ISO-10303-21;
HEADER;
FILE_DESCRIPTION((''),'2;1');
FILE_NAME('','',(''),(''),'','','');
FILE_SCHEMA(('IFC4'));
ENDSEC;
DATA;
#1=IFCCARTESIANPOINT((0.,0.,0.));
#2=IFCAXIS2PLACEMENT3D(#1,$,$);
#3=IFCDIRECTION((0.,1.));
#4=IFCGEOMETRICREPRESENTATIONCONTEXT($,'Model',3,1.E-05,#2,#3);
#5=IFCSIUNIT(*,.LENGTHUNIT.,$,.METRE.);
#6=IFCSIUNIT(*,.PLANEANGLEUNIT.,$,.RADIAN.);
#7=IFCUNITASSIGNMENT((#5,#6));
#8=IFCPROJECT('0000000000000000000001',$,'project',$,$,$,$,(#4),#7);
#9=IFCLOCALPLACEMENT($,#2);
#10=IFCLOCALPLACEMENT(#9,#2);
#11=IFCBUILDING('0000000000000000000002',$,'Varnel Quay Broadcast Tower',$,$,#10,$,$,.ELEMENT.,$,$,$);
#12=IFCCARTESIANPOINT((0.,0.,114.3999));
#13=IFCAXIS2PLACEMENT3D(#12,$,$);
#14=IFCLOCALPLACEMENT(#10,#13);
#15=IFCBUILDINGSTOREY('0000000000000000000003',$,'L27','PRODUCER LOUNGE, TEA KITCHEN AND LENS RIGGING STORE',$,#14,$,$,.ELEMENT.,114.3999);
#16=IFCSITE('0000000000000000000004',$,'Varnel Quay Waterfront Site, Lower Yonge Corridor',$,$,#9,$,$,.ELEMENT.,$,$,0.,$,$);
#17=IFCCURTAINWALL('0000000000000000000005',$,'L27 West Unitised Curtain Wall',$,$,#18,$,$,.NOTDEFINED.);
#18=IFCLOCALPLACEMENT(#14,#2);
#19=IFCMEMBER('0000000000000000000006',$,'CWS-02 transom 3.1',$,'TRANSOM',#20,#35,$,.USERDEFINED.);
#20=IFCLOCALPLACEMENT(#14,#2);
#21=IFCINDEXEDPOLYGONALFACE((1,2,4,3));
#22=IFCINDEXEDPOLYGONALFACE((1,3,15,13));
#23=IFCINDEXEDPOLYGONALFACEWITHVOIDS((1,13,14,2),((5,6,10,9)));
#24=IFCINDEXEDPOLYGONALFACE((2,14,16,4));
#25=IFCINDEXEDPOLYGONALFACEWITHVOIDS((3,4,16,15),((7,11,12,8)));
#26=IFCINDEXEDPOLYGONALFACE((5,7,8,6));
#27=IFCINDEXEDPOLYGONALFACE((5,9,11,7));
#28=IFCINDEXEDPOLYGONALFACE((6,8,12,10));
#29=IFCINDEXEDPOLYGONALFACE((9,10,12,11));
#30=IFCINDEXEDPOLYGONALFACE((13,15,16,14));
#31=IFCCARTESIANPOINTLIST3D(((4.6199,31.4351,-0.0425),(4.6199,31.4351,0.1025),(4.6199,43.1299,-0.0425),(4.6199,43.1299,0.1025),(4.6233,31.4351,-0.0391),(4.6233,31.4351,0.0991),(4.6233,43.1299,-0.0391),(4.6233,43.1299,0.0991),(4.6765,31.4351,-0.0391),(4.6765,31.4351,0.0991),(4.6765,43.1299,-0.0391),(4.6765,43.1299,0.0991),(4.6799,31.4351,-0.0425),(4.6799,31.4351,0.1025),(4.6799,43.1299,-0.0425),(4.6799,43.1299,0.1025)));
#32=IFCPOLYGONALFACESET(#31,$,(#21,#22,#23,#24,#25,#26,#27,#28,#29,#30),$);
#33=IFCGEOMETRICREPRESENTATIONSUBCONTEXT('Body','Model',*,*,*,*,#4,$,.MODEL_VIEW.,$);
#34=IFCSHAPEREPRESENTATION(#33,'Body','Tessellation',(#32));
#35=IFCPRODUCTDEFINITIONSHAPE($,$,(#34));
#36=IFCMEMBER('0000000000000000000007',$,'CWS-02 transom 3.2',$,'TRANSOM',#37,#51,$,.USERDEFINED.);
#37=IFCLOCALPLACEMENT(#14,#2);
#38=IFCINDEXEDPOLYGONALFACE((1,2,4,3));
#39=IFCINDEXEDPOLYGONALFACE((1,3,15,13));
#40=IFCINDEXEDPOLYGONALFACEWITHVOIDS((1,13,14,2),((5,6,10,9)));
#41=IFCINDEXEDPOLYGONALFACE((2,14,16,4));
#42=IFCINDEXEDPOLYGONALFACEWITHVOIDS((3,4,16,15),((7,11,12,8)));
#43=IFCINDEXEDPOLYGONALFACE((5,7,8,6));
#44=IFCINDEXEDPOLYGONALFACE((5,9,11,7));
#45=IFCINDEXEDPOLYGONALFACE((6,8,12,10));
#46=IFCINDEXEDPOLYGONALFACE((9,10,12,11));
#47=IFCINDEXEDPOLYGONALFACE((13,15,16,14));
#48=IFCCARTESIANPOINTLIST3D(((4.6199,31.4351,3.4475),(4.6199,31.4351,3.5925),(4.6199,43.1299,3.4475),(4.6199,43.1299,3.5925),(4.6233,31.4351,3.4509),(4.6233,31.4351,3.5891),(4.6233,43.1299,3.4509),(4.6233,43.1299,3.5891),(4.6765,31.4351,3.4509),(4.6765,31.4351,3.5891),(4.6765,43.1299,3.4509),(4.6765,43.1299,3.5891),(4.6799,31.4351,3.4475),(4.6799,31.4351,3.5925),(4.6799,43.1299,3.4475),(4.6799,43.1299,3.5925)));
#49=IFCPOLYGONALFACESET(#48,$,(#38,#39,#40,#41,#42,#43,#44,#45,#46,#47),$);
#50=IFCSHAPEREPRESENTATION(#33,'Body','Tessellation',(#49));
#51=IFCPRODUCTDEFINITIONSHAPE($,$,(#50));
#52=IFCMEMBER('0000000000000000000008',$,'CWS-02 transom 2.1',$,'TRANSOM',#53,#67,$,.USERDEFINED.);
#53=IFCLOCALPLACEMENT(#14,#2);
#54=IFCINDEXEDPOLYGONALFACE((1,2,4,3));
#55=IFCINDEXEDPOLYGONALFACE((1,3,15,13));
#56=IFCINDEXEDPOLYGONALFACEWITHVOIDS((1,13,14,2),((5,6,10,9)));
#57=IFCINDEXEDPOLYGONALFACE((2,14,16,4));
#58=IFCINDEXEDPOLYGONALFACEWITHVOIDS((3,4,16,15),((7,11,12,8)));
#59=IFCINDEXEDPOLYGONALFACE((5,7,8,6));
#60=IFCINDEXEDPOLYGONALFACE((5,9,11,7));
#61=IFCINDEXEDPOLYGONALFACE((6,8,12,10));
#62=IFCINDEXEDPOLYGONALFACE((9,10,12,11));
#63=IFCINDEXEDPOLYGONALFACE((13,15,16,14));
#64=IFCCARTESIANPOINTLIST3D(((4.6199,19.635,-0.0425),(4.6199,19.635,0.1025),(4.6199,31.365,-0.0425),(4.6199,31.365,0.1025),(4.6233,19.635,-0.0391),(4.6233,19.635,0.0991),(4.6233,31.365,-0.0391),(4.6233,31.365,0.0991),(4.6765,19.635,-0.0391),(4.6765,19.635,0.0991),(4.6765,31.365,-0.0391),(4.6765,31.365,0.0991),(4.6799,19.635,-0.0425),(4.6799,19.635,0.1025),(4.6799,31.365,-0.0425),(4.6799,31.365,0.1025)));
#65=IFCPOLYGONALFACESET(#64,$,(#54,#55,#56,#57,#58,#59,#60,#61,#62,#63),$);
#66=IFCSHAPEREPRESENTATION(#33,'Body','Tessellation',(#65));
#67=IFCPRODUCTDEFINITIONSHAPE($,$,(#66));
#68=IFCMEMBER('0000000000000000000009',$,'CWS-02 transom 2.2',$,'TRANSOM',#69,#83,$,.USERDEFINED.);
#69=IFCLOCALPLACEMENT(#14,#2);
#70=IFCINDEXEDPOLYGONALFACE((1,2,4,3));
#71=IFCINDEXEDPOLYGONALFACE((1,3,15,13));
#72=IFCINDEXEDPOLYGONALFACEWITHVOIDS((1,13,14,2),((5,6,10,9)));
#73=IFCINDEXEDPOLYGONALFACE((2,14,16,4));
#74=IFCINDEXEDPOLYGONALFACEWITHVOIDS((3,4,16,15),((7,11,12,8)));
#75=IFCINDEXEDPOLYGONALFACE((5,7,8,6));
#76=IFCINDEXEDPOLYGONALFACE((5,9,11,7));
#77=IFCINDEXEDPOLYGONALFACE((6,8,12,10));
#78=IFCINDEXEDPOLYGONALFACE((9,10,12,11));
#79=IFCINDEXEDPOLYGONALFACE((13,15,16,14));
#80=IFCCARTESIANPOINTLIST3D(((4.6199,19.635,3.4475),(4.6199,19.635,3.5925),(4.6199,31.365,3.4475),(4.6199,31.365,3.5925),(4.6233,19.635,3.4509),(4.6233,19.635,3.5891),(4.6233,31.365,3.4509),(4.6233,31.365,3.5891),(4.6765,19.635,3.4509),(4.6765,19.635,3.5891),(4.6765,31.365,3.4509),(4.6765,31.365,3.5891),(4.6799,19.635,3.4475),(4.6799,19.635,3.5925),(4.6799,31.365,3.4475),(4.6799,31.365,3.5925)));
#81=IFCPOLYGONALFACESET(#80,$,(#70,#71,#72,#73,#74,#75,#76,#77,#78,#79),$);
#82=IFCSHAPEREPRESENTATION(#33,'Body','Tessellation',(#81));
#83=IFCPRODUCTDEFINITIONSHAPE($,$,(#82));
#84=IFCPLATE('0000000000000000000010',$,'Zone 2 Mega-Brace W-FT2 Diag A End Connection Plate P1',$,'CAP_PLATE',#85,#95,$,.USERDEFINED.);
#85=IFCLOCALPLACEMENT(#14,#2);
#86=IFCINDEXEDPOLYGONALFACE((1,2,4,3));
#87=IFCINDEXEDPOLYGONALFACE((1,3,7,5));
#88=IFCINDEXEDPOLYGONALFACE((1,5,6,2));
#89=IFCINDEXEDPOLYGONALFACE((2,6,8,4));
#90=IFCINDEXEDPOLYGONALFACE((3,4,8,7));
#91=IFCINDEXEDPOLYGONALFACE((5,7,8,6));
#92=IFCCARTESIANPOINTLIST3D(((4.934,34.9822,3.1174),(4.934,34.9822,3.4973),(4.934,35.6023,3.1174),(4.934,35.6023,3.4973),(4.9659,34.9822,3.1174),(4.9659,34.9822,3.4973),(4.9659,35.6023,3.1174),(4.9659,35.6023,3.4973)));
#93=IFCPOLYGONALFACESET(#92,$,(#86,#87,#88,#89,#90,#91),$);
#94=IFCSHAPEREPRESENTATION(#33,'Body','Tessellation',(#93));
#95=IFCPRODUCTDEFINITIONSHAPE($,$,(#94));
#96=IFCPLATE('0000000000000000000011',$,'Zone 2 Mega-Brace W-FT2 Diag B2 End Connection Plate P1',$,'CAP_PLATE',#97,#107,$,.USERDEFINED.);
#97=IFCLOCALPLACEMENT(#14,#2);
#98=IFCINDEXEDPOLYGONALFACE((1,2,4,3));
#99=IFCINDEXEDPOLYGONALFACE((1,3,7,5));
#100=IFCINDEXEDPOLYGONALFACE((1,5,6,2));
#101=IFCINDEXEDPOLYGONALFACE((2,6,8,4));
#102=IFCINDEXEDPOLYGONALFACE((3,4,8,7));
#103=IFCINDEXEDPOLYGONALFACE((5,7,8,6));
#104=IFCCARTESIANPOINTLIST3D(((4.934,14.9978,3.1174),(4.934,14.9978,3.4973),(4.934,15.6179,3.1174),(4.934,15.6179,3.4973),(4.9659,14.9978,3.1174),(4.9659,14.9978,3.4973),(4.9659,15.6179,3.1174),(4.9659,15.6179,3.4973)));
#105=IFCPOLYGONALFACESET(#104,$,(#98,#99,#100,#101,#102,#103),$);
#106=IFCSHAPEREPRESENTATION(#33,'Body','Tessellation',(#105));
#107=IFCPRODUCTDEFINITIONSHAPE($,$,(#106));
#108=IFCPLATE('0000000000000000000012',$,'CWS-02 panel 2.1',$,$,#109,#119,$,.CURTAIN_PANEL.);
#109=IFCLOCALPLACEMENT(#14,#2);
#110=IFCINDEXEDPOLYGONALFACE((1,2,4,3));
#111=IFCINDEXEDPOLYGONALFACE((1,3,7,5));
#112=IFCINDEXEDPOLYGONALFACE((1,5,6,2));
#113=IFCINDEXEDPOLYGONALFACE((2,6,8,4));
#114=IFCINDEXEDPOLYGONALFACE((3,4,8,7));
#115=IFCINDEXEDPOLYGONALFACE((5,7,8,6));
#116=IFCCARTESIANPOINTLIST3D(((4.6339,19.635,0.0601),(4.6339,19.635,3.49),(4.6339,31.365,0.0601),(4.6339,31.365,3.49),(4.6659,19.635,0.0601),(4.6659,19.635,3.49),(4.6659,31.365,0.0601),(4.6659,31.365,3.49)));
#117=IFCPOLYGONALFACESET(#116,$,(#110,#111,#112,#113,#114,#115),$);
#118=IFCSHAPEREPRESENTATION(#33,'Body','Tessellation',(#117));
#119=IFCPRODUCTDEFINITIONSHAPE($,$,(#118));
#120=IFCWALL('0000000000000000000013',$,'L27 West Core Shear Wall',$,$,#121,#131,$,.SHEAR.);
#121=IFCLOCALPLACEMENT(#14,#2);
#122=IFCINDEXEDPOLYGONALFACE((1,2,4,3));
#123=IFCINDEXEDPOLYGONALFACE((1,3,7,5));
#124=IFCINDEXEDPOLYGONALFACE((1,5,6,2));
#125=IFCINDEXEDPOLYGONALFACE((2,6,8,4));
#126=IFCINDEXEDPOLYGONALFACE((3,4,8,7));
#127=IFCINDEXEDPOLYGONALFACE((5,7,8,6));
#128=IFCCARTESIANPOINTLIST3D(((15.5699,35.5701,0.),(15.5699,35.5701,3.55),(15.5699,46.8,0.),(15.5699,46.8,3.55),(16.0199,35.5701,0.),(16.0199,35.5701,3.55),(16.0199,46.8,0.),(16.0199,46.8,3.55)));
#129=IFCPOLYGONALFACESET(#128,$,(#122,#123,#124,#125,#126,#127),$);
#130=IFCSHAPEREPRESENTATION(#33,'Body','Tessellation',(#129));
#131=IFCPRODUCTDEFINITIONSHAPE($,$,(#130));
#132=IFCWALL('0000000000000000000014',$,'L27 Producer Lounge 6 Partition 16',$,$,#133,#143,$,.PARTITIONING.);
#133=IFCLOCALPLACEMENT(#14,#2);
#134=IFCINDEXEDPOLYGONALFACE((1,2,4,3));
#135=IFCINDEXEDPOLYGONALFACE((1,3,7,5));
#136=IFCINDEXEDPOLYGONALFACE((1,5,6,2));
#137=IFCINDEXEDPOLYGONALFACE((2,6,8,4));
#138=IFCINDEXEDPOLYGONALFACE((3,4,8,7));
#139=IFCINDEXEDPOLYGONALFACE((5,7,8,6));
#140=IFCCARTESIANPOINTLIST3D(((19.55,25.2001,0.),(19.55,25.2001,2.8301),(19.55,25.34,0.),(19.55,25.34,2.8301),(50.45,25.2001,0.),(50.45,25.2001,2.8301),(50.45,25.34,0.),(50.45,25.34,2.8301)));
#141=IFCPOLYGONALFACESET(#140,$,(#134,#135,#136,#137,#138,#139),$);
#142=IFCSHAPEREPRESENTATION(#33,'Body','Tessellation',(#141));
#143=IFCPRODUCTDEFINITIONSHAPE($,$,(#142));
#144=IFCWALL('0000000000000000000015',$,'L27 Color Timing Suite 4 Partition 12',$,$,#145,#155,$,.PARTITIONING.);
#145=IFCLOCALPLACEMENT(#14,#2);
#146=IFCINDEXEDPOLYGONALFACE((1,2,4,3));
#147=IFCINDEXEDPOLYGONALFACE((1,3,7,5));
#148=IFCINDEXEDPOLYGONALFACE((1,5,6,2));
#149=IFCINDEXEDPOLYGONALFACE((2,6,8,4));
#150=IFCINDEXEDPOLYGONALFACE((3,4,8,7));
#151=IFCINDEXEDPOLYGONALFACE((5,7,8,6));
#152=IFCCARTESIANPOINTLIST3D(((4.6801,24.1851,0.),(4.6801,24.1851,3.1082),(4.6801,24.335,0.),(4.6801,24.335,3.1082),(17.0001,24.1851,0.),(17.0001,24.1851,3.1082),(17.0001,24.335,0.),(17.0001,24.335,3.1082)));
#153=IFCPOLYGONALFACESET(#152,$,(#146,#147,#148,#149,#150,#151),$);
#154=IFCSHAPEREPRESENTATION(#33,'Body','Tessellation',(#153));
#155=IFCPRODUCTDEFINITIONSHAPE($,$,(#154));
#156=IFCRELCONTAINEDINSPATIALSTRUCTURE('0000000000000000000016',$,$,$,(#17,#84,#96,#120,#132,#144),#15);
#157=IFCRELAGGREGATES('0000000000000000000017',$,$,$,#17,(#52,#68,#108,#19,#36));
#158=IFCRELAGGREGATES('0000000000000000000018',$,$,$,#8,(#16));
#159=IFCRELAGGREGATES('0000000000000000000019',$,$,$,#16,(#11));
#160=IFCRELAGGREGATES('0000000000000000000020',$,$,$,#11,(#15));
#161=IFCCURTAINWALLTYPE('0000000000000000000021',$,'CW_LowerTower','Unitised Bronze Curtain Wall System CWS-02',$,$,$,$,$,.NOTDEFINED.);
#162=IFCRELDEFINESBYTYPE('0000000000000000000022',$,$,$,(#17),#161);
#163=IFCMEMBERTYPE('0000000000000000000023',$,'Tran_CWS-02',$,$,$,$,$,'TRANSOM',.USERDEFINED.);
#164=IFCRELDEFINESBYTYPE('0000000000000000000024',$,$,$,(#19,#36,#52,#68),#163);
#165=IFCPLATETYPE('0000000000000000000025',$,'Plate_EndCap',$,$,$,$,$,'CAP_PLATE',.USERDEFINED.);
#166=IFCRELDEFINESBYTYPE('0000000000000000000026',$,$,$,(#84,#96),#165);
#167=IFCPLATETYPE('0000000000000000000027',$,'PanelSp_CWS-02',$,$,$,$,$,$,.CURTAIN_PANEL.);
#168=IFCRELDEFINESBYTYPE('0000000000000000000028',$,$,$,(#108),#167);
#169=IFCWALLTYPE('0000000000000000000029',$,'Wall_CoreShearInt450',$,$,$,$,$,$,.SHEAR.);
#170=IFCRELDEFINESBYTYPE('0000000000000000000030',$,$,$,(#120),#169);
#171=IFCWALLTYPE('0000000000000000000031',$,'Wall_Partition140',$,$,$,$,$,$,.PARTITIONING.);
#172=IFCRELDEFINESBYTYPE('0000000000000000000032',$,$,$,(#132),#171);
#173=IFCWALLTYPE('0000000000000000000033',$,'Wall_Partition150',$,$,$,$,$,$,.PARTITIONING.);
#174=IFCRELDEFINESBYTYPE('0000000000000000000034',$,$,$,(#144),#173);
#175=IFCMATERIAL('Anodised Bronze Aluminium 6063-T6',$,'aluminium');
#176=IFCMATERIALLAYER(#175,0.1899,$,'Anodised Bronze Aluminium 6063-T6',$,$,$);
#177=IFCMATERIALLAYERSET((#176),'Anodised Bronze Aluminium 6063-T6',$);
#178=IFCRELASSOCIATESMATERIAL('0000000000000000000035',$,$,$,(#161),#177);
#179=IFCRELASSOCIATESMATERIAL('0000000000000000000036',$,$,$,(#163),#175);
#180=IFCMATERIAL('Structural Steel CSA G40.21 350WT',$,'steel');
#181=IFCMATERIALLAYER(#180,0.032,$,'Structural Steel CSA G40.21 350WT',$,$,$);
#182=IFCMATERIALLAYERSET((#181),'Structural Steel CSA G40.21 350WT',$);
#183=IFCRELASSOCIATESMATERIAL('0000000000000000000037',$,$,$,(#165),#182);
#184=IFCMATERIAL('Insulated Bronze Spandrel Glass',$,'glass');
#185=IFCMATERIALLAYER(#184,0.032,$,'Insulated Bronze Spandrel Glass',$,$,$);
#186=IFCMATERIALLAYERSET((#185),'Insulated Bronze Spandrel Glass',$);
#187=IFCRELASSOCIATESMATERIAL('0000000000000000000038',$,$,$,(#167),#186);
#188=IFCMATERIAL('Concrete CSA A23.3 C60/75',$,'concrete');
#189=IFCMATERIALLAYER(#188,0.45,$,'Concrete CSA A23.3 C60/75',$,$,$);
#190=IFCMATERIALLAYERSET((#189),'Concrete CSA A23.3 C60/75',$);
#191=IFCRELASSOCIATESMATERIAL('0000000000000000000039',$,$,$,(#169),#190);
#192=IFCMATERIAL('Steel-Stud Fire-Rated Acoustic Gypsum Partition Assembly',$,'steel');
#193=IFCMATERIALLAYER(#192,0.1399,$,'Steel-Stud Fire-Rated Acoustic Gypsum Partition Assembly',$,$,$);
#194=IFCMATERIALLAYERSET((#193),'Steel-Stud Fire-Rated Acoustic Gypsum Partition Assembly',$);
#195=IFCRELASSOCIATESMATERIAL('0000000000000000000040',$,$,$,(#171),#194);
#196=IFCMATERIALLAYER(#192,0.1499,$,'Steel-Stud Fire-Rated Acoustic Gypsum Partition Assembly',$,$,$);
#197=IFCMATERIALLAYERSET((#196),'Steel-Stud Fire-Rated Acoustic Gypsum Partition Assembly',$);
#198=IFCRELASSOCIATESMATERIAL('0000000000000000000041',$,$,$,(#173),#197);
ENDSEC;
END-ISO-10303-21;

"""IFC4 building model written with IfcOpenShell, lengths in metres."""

from ifc_helpers import new_model, si_unit, direction, frame, frame_2d, origin, origin_2d, place, context, subcontext, project, spatial, rectangle, hollow_rectangle, extrude, source, transform, mapped, material, layer, layer_set, material_profile, profile_set, type_object, type_shapes, element, aggregate, save


model = new_model("IFC4")

# Units and contexts
model_context = context("Model", 3, precision=1e-05, world=origin(), true_north=direction((0.0, 1.0)))
body_context = subcontext(model_context, "Body", "Model", "MODEL_VIEW")
ifc_project = project(units=[si_unit("LENGTHUNIT", "METRE"), si_unit("PLANEANGLEUNIT", "RADIAN")], contexts=[model_context])

# Site, building, storey
site_placement = place(None, origin())
site = spatial("IfcSite", under=ifc_project, at=site_placement, Name="Varnel Quay Waterfront Site, Lower Yonge Corridor", CompositionType="ELEMENT", RefElevation=0.0)
building_placement = place(site_placement, origin())
building = spatial("IfcBuilding", under=site, at=building_placement, Name="Varnel Quay Broadcast Tower", CompositionType="ELEMENT")
storey_placement = place(building_placement, frame((0.0, 0.0, 114.3999)))
storey = spatial("IfcBuildingStorey", under=building, at=storey_placement, Name="L27", Description="PRODUCER LOUNGE, TEA KITCHEN AND LENS RIGGING STORE", CompositionType="ELEMENT", Elevation=114.3999)

# Shared definitions
ifc_material_1 = material(Name="Structural Steel CSA G40.21 350WT", Category="steel")

# Curtain wall, members
ifc_material_2 = material(Name="Anodised Bronze Aluminium 6063-T6", Category="aluminium")
ifc_layer_1 = layer(ifc_material_2, 0.1899, Name="Anodised Bronze Aluminium 6063-T6")
ifc_layer_set_1 = layer_set([ifc_layer_1], Name="Anodised Bronze Aluminium 6063-T6")
curtain_wall_type = type_object("IfcCurtainWallType", Name="CW_LowerTower", Description="Unitised Bronze Curtain Wall System CWS-02", PredefinedType="NOTDEFINED", material=ifc_layer_set_1)
curtain_wall_placement = place(storey_placement, origin())
curtain_wall = element("IfcCurtainWall", 1, at=curtain_wall_placement, inside=storey, type_object=curtain_wall_type, Name="L27 West Unitised Curtain Wall", PredefinedType="NOTDEFINED")
ifc_material_profile_1 = material_profile(ifc_material_2, hollow_rectangle(XDim=0.0601, YDim=0.145, WallThickness=0.0034, at=origin_2d()), Name="ALU60X145X3.5")
ifc_profile_set_1 = profile_set([ifc_material_profile_1], Name="Anodised Bronze Aluminium 6063-T6")
member_type_1 = type_object("IfcMemberType", Name="Tran_CWS-02", ElementType="TRANSOM", PredefinedType="USERDEFINED", material=ifc_profile_set_1)
shared_shape_1 = source(origin(), body_context, "Body", "SweptSolid", [
    extrude(hollow_rectangle(XDim=0.0601, YDim=0.145, WallThickness=0.0034, at=origin_2d()), origin(), (0.0, 0.0, 1.0), 11.6948),
])
member_1_placement = place(storey_placement, frame((4.6499, 31.4351, 0.03), z_axis=(0.0, 1.0, 0.0), x_axis=(-1.0, 0.0, 0.0)))
member_1 = element("IfcMember", 2, at=member_1_placement, type_object=member_type_1, Name="CWS-02 transom 3.1", ObjectType="TRANSOM", PredefinedType="USERDEFINED", context=body_context, shape_type="MappedRepresentation", body=[
    mapped(shared_shape_1, transform((0.0, 0.0, 0.0), x_axis=(1.0, 0.0, 0.0), y_axis=(0.0, 1.0, 0.0), z_axis=(0.0, 0.0, 1.0), scale=1.0)),
])
member_2_placement = place(storey_placement, frame((4.6499, 31.4351, 3.52), z_axis=(0.0, 1.0, 0.0), x_axis=(-1.0, 0.0, 0.0)))
member_2 = element("IfcMember", 3, at=member_2_placement, type_object=member_type_1, Name="CWS-02 transom 3.2", ObjectType="TRANSOM", PredefinedType="USERDEFINED", context=body_context, shape_type="MappedRepresentation", body=[
    mapped(shared_shape_1, transform((0.0, 0.0, 0.0), x_axis=(1.0, 0.0, 0.0), y_axis=(0.0, 1.0, 0.0), z_axis=(0.0, 0.0, 1.0), scale=1.0)),
])
shared_shape_2 = source(origin(), body_context, "Body", "SweptSolid", [
    extrude(hollow_rectangle(XDim=0.0601, YDim=0.145, WallThickness=0.0034, at=origin_2d()), origin(), (0.0, 0.0, 1.0), 11.73),
])
type_shapes(member_type_1, [shared_shape_1, shared_shape_2])
member_3_placement = place(storey_placement, frame((4.6499, 19.635, 0.03), z_axis=(0.0, 1.0, 0.0), x_axis=(-1.0, 0.0, 0.0)))
member_3 = element("IfcMember", 4, at=member_3_placement, type_object=member_type_1, Name="CWS-02 transom 2.1", ObjectType="TRANSOM", PredefinedType="USERDEFINED", context=body_context, shape_type="MappedRepresentation", body=[
    mapped(shared_shape_2, transform((0.0, 0.0, 0.0), x_axis=(1.0, 0.0, 0.0), y_axis=(0.0, 1.0, 0.0), z_axis=(0.0, 0.0, 1.0), scale=1.0)),
])
member_4_placement = place(storey_placement, frame((4.6499, 19.635, 3.52), z_axis=(0.0, 1.0, 0.0), x_axis=(-1.0, 0.0, 0.0)))
member_4 = element("IfcMember", 5, at=member_4_placement, type_object=member_type_1, Name="CWS-02 transom 2.2", ObjectType="TRANSOM", PredefinedType="USERDEFINED", context=body_context, shape_type="MappedRepresentation", body=[
    mapped(shared_shape_2, transform((0.0, 0.0, 0.0), x_axis=(1.0, 0.0, 0.0), y_axis=(0.0, 1.0, 0.0), z_axis=(0.0, 0.0, 1.0), scale=1.0)),
])

# Plates
ifc_layer_2 = layer(ifc_material_1, 0.032, Name="Structural Steel CSA G40.21 350WT")
ifc_layer_set_2 = layer_set([ifc_layer_2], Name="Structural Steel CSA G40.21 350WT")
plate_type_1 = type_object("IfcPlateType", Name="Plate_EndCap", ElementType="CAP_PLATE", PredefinedType="USERDEFINED", material=ifc_layer_set_2)
shared_shape_3 = source(origin(), body_context, "Body", "SweptSolid", [
    extrude(rectangle(XDim=0.6201, YDim=0.032, at=origin_2d()), origin(), (0.0, 0.0, 1.0), 0.3799),
])
type_shapes(plate_type_1, [shared_shape_3])
for number, where, z_axis, x_axis, name in (
    (6, (4.95, 35.2922, 3.1174), (0.0, 0.0, 1.0), (0.0, 1.0, 0.0), "Zone 2 Mega-Brace W-FT2 Diag A End Connection Plate P1"),
    (7, (4.95, 15.3079, 3.1174), (0.0, 0.0, 1.0), (0.0, 1.0, 0.0), "Zone 2 Mega-Brace W-FT2 Diag B2 End Connection Plate P1"),
):
    element("IfcPlate", number, at=place(storey_placement, frame(where, z_axis=z_axis, x_axis=x_axis)), inside=storey, type_object=plate_type_1, Name=name, ObjectType="CAP_PLATE", PredefinedType="USERDEFINED", context=body_context, shape_type="MappedRepresentation", body=[
        mapped(shared_shape_3, transform((0.0, 0.0, 0.0), x_axis=(1.0, 0.0, 0.0), y_axis=(0.0, 1.0, 0.0), z_axis=(0.0, 0.0, 1.0), scale=1.0)),
    ])

# Plate
ifc_material_3 = material(Name="Insulated Bronze Spandrel Glass", Category="glass")
ifc_layer_3 = layer(ifc_material_3, 0.032, Name="Insulated Bronze Spandrel Glass")
ifc_layer_set_3 = layer_set([ifc_layer_3], Name="Insulated Bronze Spandrel Glass")
plate_type_2 = type_object("IfcPlateType", Name="PanelSp_CWS-02", PredefinedType="CURTAIN_PANEL", material=ifc_layer_set_3)
shared_shape_4 = source(origin(), body_context, "Body", "SweptSolid", [
    extrude(rectangle(XDim=11.73, YDim=0.032, at=origin_2d()), origin(), (0.0, 0.0, 1.0), 3.4299),
])
type_shapes(plate_type_2, [shared_shape_4])
plate_placement = place(storey_placement, frame((4.6499, 25.5, 0.0601), z_axis=(0.0, 0.0, 1.0), x_axis=(0.0, 1.0, 0.0)))
plate = element("IfcPlate", 8, at=plate_placement, type_object=plate_type_2, Name="CWS-02 panel 2.1", PredefinedType="CURTAIN_PANEL", context=body_context, shape_type="MappedRepresentation", body=[
    mapped(shared_shape_4, transform((0.0, 0.0, 0.0), x_axis=(1.0, 0.0, 0.0), y_axis=(0.0, 1.0, 0.0), z_axis=(0.0, 0.0, 1.0), scale=1.0)),
])
aggregate(curtain_wall, [member_3, member_4, plate, member_1, member_2])

# Walls
ifc_material_4 = material(Name="Concrete CSA A23.3 C60/75", Category="concrete")
ifc_layer_4 = layer(ifc_material_4, 0.45, Name="Concrete CSA A23.3 C60/75")
ifc_layer_set_4 = layer_set([ifc_layer_4], Name="Concrete CSA A23.3 C60/75")
wall_type_1 = type_object("IfcWallType", Name="Wall_CoreShearInt450", PredefinedType="SHEAR", material=ifc_layer_set_4)
wall_1_placement = place(storey_placement, frame((15.7949, 35.5701, 0.0), z_axis=(0.0, 0.0, 1.0), x_axis=(0.0, 1.0, 0.0)))
element("IfcWall", 9, at=wall_1_placement, inside=storey, type_object=wall_type_1, Name="L27 West Core Shear Wall", PredefinedType="SHEAR", context=body_context, shape_type="SweptSolid", body=[
    extrude(rectangle(XDim=11.23, YDim=0.45, at=frame_2d((5.615, 0.0))), origin(), (0.0, 0.0, 1.0), 3.55),
])
ifc_material_5 = material(Name="Steel-Stud Fire-Rated Acoustic Gypsum Partition Assembly", Category="steel")
ifc_layer_5 = layer(ifc_material_5, 0.1399, Name="Steel-Stud Fire-Rated Acoustic Gypsum Partition Assembly")
ifc_layer_set_5 = layer_set([ifc_layer_5], Name="Steel-Stud Fire-Rated Acoustic Gypsum Partition Assembly")
wall_type_2 = type_object("IfcWallType", Name="Wall_Partition140", PredefinedType="PARTITIONING", material=ifc_layer_set_5)
wall_2_placement = place(storey_placement, frame((19.55, 25.27, 0.0), z_axis=(0.0, 0.0, 1.0), x_axis=(1.0, 0.0, 0.0)))
element("IfcWall", 10, at=wall_2_placement, inside=storey, type_object=wall_type_2, Name="L27 Producer Lounge 6 Partition 16", PredefinedType="PARTITIONING", context=body_context, shape_type="SweptSolid", body=[
    extrude(rectangle(XDim=30.8999, YDim=0.1399, at=frame_2d((15.45, 0.0))), origin(), (0.0, 0.0, 1.0), 2.8301),
])
ifc_layer_6 = layer(ifc_material_5, 0.1499, Name="Steel-Stud Fire-Rated Acoustic Gypsum Partition Assembly")
ifc_layer_set_6 = layer_set([ifc_layer_6], Name="Steel-Stud Fire-Rated Acoustic Gypsum Partition Assembly")
wall_type_3 = type_object("IfcWallType", Name="Wall_Partition150", PredefinedType="PARTITIONING", material=ifc_layer_set_6)
wall_3_placement = place(storey_placement, frame((4.6799, 24.26, 0.0), z_axis=(0.0, 0.0, 1.0), x_axis=(1.0, 0.0, 0.0)))
element("IfcWall", 11, at=wall_3_placement, inside=storey, type_object=wall_type_3, Name="L27 Color Timing Suite 4 Partition 12", PredefinedType="PARTITIONING", context=body_context, shape_type="SweptSolid", body=[
    extrude(rectangle(XDim=12.3201, YDim=0.1499, at=frame_2d((6.1602, 0.0))), origin(), (0.0, 0.0, 1.0), 3.1082),
])

save(model, "model.ifc")
